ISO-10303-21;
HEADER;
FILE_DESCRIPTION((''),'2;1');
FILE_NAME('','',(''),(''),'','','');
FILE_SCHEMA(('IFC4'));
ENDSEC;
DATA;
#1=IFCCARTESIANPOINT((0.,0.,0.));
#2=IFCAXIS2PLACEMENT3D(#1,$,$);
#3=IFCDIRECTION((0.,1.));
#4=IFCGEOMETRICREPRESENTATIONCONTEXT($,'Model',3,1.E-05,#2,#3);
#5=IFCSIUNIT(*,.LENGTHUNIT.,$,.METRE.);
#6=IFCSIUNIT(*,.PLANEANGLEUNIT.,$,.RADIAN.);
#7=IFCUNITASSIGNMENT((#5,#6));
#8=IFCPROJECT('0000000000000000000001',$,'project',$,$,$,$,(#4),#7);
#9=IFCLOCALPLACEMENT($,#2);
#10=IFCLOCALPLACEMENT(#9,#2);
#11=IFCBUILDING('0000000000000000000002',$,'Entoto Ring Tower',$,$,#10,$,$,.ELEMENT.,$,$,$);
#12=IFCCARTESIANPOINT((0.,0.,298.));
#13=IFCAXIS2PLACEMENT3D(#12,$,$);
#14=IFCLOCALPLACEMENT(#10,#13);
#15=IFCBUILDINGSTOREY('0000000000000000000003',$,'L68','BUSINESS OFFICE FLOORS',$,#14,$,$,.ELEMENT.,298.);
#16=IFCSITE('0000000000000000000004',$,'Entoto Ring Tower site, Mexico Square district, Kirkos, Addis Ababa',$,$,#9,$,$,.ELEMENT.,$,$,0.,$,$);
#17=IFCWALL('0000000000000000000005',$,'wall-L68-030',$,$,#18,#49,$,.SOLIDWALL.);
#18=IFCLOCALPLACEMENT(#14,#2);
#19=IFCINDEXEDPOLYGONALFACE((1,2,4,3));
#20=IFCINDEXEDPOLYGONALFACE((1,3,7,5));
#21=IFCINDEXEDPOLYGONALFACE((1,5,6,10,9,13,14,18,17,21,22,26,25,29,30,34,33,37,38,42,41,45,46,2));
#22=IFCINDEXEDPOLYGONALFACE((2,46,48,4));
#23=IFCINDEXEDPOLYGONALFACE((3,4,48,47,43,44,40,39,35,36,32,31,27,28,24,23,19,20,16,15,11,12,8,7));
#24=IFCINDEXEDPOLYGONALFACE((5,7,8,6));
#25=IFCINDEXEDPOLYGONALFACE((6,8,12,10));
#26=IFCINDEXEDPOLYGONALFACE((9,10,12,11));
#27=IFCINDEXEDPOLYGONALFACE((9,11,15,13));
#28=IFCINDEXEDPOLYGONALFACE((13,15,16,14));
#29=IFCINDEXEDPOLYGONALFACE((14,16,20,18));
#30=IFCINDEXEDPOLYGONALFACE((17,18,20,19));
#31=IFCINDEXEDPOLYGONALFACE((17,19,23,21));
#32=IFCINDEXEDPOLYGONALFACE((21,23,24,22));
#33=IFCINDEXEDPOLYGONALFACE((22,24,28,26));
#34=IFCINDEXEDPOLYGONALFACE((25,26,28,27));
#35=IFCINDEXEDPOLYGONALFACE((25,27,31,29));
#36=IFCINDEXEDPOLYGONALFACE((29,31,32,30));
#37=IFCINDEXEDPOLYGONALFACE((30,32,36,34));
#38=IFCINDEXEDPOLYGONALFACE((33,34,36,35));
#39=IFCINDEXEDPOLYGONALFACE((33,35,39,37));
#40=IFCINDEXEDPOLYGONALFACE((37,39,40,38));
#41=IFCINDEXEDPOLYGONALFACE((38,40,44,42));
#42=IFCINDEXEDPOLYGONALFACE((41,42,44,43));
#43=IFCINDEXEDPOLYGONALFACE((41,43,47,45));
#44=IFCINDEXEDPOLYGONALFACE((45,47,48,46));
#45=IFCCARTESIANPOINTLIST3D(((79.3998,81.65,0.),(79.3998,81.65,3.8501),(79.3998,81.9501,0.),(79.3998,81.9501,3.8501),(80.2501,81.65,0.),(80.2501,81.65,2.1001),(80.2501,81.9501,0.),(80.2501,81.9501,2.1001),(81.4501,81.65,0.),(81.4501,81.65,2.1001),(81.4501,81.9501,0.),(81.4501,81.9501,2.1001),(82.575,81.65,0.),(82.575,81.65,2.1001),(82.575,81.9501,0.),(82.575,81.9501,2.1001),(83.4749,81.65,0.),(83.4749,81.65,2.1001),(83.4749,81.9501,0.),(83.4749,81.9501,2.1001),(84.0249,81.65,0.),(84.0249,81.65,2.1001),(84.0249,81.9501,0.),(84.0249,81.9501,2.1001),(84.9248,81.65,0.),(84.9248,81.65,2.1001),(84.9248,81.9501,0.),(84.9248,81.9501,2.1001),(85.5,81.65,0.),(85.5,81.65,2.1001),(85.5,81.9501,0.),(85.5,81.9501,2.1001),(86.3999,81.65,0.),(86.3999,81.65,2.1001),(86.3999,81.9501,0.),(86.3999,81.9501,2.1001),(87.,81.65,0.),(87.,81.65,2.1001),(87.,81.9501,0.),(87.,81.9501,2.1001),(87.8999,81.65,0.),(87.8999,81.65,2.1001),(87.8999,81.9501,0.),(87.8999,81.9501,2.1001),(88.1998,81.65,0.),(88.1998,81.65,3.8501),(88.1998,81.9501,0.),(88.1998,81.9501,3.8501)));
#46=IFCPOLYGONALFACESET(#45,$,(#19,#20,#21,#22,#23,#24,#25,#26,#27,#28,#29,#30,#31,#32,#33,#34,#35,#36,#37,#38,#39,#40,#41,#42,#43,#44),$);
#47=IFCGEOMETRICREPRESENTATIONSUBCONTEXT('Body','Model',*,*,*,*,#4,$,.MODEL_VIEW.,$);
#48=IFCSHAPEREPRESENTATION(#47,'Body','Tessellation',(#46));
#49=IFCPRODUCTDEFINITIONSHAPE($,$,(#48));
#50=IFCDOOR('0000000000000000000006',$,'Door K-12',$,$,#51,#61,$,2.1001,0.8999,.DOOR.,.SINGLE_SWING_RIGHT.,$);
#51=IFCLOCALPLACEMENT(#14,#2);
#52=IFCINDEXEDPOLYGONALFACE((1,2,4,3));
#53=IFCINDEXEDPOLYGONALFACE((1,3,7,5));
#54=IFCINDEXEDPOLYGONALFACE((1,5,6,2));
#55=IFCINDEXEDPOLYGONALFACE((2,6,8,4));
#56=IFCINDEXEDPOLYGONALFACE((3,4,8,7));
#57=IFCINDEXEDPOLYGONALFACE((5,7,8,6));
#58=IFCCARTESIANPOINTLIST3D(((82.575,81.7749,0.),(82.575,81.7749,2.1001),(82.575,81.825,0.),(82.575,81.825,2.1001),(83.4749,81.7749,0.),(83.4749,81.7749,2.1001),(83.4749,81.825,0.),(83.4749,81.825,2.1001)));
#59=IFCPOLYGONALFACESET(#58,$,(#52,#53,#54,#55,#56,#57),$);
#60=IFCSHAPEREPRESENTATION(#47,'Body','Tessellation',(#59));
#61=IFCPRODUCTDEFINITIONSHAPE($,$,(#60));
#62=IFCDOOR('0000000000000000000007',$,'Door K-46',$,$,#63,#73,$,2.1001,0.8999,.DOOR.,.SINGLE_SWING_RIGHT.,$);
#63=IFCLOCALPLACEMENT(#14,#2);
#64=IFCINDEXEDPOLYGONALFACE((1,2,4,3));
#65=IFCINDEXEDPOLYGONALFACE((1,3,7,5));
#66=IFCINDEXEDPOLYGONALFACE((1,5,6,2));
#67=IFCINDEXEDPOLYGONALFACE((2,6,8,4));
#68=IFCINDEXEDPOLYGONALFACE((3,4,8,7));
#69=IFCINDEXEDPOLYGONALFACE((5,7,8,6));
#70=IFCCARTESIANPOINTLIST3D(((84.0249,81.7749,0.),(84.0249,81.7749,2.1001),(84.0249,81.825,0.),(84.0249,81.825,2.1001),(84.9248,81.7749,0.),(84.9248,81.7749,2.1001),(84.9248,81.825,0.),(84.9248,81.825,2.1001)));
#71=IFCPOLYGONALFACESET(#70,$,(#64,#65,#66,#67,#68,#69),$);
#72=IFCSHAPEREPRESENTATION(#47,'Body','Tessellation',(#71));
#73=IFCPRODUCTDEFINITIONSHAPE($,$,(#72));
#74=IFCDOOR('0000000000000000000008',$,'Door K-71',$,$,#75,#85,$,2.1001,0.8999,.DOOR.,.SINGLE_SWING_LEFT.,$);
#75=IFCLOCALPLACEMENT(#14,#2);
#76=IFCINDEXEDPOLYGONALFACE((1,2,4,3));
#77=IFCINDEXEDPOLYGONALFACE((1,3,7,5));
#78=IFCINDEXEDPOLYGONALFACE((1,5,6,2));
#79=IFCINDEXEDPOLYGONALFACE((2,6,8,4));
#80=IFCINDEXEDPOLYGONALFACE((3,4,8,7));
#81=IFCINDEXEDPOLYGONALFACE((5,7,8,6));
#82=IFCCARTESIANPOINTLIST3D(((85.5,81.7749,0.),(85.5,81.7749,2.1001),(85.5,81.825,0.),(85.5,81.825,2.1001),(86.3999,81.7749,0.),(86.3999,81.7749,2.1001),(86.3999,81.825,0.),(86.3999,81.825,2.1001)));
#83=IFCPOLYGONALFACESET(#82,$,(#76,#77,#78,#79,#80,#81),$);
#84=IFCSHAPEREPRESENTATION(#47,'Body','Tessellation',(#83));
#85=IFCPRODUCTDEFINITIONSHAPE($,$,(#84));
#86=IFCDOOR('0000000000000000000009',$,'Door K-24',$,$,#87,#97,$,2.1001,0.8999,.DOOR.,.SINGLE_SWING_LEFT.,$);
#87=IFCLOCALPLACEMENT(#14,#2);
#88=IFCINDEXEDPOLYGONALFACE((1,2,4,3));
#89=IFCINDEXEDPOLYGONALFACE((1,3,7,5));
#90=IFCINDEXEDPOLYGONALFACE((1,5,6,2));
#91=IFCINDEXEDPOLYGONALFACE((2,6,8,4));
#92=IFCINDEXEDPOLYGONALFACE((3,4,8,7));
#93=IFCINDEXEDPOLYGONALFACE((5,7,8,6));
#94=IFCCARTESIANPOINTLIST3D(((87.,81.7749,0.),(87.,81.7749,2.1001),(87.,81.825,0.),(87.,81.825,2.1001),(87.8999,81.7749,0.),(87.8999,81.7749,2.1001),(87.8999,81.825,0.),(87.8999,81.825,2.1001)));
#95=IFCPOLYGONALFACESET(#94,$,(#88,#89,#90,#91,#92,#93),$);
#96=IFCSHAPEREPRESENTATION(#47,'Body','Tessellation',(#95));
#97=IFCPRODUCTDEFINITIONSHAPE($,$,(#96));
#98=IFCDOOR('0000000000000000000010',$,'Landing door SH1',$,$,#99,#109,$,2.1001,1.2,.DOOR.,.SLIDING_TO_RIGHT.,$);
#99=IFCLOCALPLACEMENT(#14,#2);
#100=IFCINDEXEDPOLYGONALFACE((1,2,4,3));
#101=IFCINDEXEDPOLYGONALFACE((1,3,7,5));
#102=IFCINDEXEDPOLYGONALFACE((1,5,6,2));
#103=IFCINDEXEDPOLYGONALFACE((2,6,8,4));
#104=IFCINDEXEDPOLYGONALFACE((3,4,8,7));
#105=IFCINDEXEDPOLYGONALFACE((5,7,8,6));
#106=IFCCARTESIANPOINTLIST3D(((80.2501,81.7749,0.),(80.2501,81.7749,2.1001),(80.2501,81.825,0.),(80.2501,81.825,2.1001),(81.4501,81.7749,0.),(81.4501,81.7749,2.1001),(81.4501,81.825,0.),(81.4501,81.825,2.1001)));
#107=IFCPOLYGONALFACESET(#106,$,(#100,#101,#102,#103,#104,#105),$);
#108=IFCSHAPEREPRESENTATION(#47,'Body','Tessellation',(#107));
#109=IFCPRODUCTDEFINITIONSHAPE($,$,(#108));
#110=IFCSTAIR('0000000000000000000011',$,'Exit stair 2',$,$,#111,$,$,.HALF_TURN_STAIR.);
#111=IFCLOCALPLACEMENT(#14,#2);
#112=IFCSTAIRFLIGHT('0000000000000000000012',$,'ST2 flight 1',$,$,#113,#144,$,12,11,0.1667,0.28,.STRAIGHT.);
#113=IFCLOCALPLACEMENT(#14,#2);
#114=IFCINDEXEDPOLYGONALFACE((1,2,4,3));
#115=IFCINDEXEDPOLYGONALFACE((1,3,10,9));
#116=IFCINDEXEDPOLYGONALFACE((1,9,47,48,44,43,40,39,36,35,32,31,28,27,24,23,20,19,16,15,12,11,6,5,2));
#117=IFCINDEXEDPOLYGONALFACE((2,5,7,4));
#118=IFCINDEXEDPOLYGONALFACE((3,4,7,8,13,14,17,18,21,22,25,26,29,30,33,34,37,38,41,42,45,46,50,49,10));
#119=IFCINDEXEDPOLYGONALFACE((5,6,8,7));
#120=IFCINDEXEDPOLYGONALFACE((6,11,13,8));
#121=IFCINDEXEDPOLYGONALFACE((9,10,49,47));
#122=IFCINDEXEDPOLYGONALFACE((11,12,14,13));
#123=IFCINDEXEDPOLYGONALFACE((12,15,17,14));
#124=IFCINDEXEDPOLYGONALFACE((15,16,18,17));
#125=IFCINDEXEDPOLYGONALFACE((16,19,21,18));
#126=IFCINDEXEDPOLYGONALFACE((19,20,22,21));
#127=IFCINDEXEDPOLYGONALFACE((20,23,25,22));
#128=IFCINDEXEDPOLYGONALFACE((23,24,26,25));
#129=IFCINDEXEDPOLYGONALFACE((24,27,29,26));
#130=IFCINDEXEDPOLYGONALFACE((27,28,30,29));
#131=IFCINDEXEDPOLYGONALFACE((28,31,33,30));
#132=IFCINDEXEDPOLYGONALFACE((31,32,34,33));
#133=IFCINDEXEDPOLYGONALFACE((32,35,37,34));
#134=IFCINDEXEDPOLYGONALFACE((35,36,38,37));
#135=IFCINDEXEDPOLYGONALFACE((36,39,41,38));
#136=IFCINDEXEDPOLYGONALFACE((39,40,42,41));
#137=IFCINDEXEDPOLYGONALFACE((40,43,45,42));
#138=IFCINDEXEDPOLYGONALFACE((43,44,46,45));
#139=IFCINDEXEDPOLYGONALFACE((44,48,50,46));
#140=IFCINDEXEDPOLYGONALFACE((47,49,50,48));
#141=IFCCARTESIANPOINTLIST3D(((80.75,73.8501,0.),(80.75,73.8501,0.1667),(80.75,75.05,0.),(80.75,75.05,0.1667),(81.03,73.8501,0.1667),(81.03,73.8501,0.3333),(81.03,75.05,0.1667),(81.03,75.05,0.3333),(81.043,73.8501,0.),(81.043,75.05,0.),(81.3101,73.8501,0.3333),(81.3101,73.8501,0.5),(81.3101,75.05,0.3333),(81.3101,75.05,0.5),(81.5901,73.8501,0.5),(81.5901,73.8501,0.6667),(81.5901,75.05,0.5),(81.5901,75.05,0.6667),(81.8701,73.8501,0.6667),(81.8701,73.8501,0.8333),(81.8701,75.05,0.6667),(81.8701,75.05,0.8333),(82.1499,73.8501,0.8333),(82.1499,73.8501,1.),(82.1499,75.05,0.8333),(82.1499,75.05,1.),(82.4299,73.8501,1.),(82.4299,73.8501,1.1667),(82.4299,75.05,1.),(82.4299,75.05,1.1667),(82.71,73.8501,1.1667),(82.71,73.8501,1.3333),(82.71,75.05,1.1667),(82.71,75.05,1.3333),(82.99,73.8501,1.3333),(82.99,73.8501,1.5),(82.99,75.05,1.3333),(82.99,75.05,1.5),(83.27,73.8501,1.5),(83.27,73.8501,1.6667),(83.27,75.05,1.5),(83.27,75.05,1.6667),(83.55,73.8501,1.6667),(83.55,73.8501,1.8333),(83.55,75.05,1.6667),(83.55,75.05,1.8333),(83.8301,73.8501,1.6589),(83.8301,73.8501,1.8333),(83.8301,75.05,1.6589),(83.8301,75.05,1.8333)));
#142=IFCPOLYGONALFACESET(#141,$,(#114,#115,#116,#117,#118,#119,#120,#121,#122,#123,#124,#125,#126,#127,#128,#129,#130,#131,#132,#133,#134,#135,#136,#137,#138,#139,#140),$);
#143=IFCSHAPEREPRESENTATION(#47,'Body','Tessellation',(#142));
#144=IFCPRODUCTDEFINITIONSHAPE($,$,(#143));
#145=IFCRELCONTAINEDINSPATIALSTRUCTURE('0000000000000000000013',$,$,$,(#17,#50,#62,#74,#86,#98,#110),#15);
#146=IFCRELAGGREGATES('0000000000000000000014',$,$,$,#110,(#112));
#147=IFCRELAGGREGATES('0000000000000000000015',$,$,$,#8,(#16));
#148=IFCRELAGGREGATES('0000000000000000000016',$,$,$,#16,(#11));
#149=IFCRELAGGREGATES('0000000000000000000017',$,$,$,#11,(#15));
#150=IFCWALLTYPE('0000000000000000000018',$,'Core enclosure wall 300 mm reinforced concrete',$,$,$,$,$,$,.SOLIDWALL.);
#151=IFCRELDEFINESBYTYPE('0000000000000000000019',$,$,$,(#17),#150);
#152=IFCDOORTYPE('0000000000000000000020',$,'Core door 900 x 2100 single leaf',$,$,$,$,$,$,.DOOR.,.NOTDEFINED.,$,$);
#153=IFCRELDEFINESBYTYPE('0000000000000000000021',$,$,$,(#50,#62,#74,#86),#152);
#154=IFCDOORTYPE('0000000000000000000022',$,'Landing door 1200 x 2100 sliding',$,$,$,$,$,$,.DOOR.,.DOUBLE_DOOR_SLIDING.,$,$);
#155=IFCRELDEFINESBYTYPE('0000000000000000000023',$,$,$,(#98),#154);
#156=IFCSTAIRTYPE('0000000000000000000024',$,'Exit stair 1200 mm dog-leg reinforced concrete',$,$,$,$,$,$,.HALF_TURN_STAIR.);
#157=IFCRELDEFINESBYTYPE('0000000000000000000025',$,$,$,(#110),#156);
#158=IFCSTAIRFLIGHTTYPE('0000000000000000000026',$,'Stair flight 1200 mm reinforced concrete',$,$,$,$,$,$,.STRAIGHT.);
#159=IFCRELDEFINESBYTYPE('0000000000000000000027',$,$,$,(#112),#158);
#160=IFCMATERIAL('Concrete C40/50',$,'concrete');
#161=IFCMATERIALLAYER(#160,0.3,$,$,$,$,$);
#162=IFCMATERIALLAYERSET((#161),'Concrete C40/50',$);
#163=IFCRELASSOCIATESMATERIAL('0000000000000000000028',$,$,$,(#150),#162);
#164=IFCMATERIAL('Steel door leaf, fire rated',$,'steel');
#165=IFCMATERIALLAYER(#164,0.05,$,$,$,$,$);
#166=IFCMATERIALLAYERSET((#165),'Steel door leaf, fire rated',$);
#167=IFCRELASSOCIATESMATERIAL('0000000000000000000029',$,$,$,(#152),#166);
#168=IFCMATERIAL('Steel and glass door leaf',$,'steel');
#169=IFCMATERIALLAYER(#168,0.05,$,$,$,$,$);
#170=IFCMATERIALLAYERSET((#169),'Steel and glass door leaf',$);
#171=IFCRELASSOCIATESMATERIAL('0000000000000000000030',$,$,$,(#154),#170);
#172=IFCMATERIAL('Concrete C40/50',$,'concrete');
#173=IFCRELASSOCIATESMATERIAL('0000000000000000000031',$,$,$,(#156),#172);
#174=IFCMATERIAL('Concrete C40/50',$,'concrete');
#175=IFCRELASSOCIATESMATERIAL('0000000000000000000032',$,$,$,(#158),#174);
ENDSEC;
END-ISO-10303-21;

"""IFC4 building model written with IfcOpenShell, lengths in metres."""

from ifc_helpers import new_model, si_unit, direction, frame, frame_2d, origin, place, context, subcontext, project, spatial, polyline, rectangle, outline, extrude, material, layer, layer_set, type_object, element, fill, aggregate, save


model = new_model("IFC4")

# Units and contexts
model_context = context("Model", 3, precision=1e-05, world=origin(), true_north=direction((0.0, 1.0)))
body_context = subcontext(model_context, "Body", "Model", "MODEL_VIEW")
ifc_project = project(units=[si_unit("LENGTHUNIT", "METRE"), si_unit("PLANEANGLEUNIT", "RADIAN")], contexts=[model_context])

# Site, building, storey
site_placement = place(None, origin())
site = spatial("IfcSite", under=ifc_project, at=site_placement, Name="Entoto Ring Tower site, Mexico Square district, Kirkos, Addis Ababa", CompositionType="ELEMENT", RefElevation=0.0)
building_placement = place(site_placement, origin())
building = spatial("IfcBuilding", under=site, at=building_placement, Name="Entoto Ring Tower", CompositionType="ELEMENT")
storey_placement = place(building_placement, frame((0.0, 0.0, 298.0)))
storey = spatial("IfcBuildingStorey", under=building, at=storey_placement, Name="L68", Description="BUSINESS OFFICE FLOORS", CompositionType="ELEMENT", Elevation=298.0)

# Shared definitions
ifc_material_1 = material(Name="Concrete C40/50", Category="concrete")
ifc_layer_1 = layer(ifc_material_1, 0.3)
ifc_layer_set_1 = layer_set([ifc_layer_1], Name="Concrete C40/50")
wall_type = type_object("IfcWallType", Name="Core enclosure wall 300 mm reinforced concrete", PredefinedType="SOLIDWALL", material=ifc_layer_set_1)

# Wall, openings, doors
ifc_material_2 = material(Name="Steel door leaf, fire rated", Category="steel")
ifc_layer_2 = layer(ifc_material_2, 0.05)
ifc_layer_set_2 = layer_set([ifc_layer_2], Name="Steel door leaf, fire rated")
door_type_1 = type_object("IfcDoorType", Name="Core door 900 x 2100 single leaf", OperationType="NOTDEFINED", PredefinedType="DOOR", material=ifc_layer_set_2)
ifc_material_3 = material(Name="Steel and glass door leaf", Category="steel")
ifc_layer_3 = layer(ifc_material_3, 0.05)
ifc_layer_set_3 = layer_set([ifc_layer_3], Name="Steel and glass door leaf")
door_type_2 = type_object("IfcDoorType", Name="Landing door 1200 x 2100 sliding", OperationType="DOUBLE_DOOR_SLIDING", PredefinedType="DOOR", material=ifc_layer_set_3)
wall_1_placement = place(storey_placement, frame((79.3999, 81.8, 0.0), z_axis=(0.0, 0.0, 1.0), x_axis=(1.0, 0.0, 0.0)))
wall_1 = element("IfcWall", 1, at=wall_1_placement, inside=storey, type_object=wall_type, Name="wall-L68-030", PredefinedType="SOLIDWALL", context=body_context, shape_type="SweptSolid", body=[
    extrude(rectangle(XDim=8.8, YDim=0.3, at=frame_2d((4.3999, 0.0))), origin(), (0.0, 0.0, 1.0), 3.8501),
])
opening_1_placement = place(wall_1_placement, frame((0.8501, 0.0, 0.0)))
opening_1 = element("IfcOpeningElement", 2, at=opening_1_placement, cuts=wall_1, PredefinedType="OPENING", context=body_context, shape_type="SweptSolid", body=[
    extrude(rectangle(XDim=1.2, YDim=2.1001, at=frame_2d((0.6001, 1.05))), frame((0.0, 0.1602, 0.0), z_axis=(0.0, -1.0, 0.0), x_axis=(1.0, 0.0, 0.0)), (0.0, 0.0, 1.0), 0.3201),
])
opening_2_placement = place(wall_1_placement, frame((3.175, 0.0, 0.0)))
opening_2 = element("IfcOpeningElement", 3, at=opening_2_placement, cuts=wall_1, PredefinedType="OPENING", context=body_context, shape_type="SweptSolid", body=[
    extrude(rectangle(XDim=0.8999, YDim=2.1001, at=frame_2d((0.45, 1.05))), frame((0.0, 0.1602, 0.0), z_axis=(0.0, -1.0, 0.0), x_axis=(1.0, 0.0, 0.0)), (0.0, 0.0, 1.0), 0.3201),
])
opening_3_placement = place(wall_1_placement, frame((4.625, 0.0, 0.0)))
opening_3 = element("IfcOpeningElement", 4, at=opening_3_placement, cuts=wall_1, PredefinedType="OPENING", context=body_context, shape_type="SweptSolid", body=[
    extrude(rectangle(XDim=0.8999, YDim=2.1001, at=frame_2d((0.45, 1.05))), frame((0.0, 0.1602, 0.0), z_axis=(0.0, -1.0, 0.0), x_axis=(1.0, 0.0, 0.0)), (0.0, 0.0, 1.0), 0.3201),
])
opening_4_placement = place(wall_1_placement, frame((6.1001, 0.0, 0.0)))
opening_4 = element("IfcOpeningElement", 5, at=opening_4_placement, cuts=wall_1, PredefinedType="OPENING", context=body_context, shape_type="SweptSolid", body=[
    extrude(rectangle(XDim=0.8999, YDim=2.1001, at=frame_2d((0.45, 1.05))), frame((0.0, 0.1602, 0.0), z_axis=(0.0, -1.0, 0.0), x_axis=(1.0, 0.0, 0.0)), (0.0, 0.0, 1.0), 0.3201),
])
opening_5_placement = place(wall_1_placement, frame((7.6001, 0.0, 0.0)))
opening_5 = element("IfcOpeningElement", 6, at=opening_5_placement, cuts=wall_1, PredefinedType="OPENING", context=body_context, shape_type="SweptSolid", body=[
    extrude(rectangle(XDim=0.8999, YDim=2.1001, at=frame_2d((0.45, 1.05))), frame((0.0, 0.1602, 0.0), z_axis=(0.0, -1.0, 0.0), x_axis=(1.0, 0.0, 0.0)), (0.0, 0.0, 1.0), 0.3201),
])
door_1_placement = place(opening_2_placement, origin())
door_1 = element("IfcDoor", 7, at=door_1_placement, inside=storey, type_object=door_type_1, Name="Door K-12", OperationType="SINGLE_SWING_RIGHT", OverallHeight=2.1001, OverallWidth=0.8999, PredefinedType="DOOR", context=body_context, shape_type="SweptSolid", body=[
    extrude(rectangle(XDim=0.8999, YDim=2.1001, at=frame_2d((0.45, 1.05))), frame((0.0, 0.0249, 0.0), z_axis=(0.0, -1.0, 0.0), x_axis=(1.0, 0.0, 0.0)), (0.0, 0.0, 1.0), 0.05),
])
fill(opening_2, door_1)
door_2_placement = place(opening_3_placement, origin())
door_2 = element("IfcDoor", 8, at=door_2_placement, inside=storey, type_object=door_type_1, Name="Door K-46", OperationType="SINGLE_SWING_RIGHT", OverallHeight=2.1001, OverallWidth=0.8999, PredefinedType="DOOR", context=body_context, shape_type="SweptSolid", body=[
    extrude(rectangle(XDim=0.8999, YDim=2.1001, at=frame_2d((0.45, 1.05))), frame((0.0, 0.0249, 0.0), z_axis=(0.0, -1.0, 0.0), x_axis=(1.0, 0.0, 0.0)), (0.0, 0.0, 1.0), 0.05),
])
fill(opening_3, door_2)
door_3_placement = place(opening_4_placement, origin())
door_3 = element("IfcDoor", 9, at=door_3_placement, inside=storey, type_object=door_type_1, Name="Door K-71", OperationType="SINGLE_SWING_LEFT", OverallHeight=2.1001, OverallWidth=0.8999, PredefinedType="DOOR", context=body_context, shape_type="SweptSolid", body=[
    extrude(rectangle(XDim=0.8999, YDim=2.1001, at=frame_2d((0.45, 1.05))), frame((0.0, 0.0249, 0.0), z_axis=(0.0, -1.0, 0.0), x_axis=(1.0, 0.0, 0.0)), (0.0, 0.0, 1.0), 0.05),
])
fill(opening_4, door_3)
door_4_placement = place(opening_5_placement, origin())
door_4 = element("IfcDoor", 10, at=door_4_placement, inside=storey, type_object=door_type_1, Name="Door K-24", OperationType="SINGLE_SWING_LEFT", OverallHeight=2.1001, OverallWidth=0.8999, PredefinedType="DOOR", context=body_context, shape_type="SweptSolid", body=[
    extrude(rectangle(XDim=0.8999, YDim=2.1001, at=frame_2d((0.45, 1.05))), frame((0.0, 0.0249, 0.0), z_axis=(0.0, -1.0, 0.0), x_axis=(1.0, 0.0, 0.0)), (0.0, 0.0, 1.0), 0.05),
])
fill(opening_5, door_4)
door_5_placement = place(opening_1_placement, origin())
door_5 = element("IfcDoor", 11, at=door_5_placement, inside=storey, type_object=door_type_2, Name="Landing door SH1", OperationType="SLIDING_TO_RIGHT", OverallHeight=2.1001, OverallWidth=1.2, PredefinedType="DOOR", context=body_context, shape_type="SweptSolid", body=[
    extrude(rectangle(XDim=1.2, YDim=2.1001, at=frame_2d((0.6001, 1.05))), frame((0.0, 0.0249, 0.0), z_axis=(0.0, -1.0, 0.0), x_axis=(1.0, 0.0, 0.0)), (0.0, 0.0, 1.0), 0.05),
])
fill(opening_1, door_5)

# Stair, stair flight
ifc_material_4 = material(Name="Concrete C40/50", Category="concrete")
stair_type = type_object("IfcStairType", Name="Exit stair 1200 mm dog-leg reinforced concrete", PredefinedType="HALF_TURN_STAIR", material=ifc_material_4)
stair_placement = place(storey_placement, origin())
stair = element("IfcStair", 12, at=stair_placement, inside=storey, type_object=stair_type, Name="Exit stair 2", PredefinedType="HALF_TURN_STAIR")
ifc_material_5 = material(Name="Concrete C40/50", Category="concrete")
stair_flight_type = type_object("IfcStairFlightType", Name="Stair flight 1200 mm reinforced concrete", PredefinedType="STRAIGHT", material=ifc_material_5)
stair_flight_1_placement = place(storey_placement, frame((80.75, 74.45, 0.0), z_axis=(0.0, 0.0, 1.0), x_axis=(1.0, 0.0, 0.0)))
stair_flight_1 = element("IfcStairFlight", 13, at=stair_flight_1_placement, type_object=stair_flight_type, Name="ST2 flight 1", NumberOfRisers=12, NumberOfTreads=11, PredefinedType="STRAIGHT", RiserHeight=0.1667, TreadLength=0.28, context=body_context, shape_type="SweptSolid", body=[
    extrude(outline(polyline([(0.0, 0.0), (0.0, 0.1667), (0.28, 0.1667), (0.28, 0.3333), (0.5601, 0.3333), (0.5601, 0.5), (0.8401, 0.5), (0.8401, 0.6667), (1.1201, 0.6667), (1.1201, 0.8333), (1.3999, 0.8333), (1.3999, 1.0), (1.6799, 1.0), (1.6799, 1.1667), (1.96, 1.1667), (1.96, 1.3333), (2.24, 1.3333), (2.24, 1.5), (2.52, 1.5), (2.52, 1.6667), (2.8, 1.6667), (2.8, 1.8333), (3.0801, 1.8333), (3.0801, 2.0), (3.0801, 1.6589), (0.293, 0.0), (0.0, 0.0)])), frame((0.0, 0.6001, 0.0), z_axis=(0.0, -1.0, 0.0), x_axis=(1.0, 0.0, 0.0)), (0.0, 0.0, 1.0), 1.2),
])
aggregate(stair, [stair_flight_1])

save(model, "model.ifc")
